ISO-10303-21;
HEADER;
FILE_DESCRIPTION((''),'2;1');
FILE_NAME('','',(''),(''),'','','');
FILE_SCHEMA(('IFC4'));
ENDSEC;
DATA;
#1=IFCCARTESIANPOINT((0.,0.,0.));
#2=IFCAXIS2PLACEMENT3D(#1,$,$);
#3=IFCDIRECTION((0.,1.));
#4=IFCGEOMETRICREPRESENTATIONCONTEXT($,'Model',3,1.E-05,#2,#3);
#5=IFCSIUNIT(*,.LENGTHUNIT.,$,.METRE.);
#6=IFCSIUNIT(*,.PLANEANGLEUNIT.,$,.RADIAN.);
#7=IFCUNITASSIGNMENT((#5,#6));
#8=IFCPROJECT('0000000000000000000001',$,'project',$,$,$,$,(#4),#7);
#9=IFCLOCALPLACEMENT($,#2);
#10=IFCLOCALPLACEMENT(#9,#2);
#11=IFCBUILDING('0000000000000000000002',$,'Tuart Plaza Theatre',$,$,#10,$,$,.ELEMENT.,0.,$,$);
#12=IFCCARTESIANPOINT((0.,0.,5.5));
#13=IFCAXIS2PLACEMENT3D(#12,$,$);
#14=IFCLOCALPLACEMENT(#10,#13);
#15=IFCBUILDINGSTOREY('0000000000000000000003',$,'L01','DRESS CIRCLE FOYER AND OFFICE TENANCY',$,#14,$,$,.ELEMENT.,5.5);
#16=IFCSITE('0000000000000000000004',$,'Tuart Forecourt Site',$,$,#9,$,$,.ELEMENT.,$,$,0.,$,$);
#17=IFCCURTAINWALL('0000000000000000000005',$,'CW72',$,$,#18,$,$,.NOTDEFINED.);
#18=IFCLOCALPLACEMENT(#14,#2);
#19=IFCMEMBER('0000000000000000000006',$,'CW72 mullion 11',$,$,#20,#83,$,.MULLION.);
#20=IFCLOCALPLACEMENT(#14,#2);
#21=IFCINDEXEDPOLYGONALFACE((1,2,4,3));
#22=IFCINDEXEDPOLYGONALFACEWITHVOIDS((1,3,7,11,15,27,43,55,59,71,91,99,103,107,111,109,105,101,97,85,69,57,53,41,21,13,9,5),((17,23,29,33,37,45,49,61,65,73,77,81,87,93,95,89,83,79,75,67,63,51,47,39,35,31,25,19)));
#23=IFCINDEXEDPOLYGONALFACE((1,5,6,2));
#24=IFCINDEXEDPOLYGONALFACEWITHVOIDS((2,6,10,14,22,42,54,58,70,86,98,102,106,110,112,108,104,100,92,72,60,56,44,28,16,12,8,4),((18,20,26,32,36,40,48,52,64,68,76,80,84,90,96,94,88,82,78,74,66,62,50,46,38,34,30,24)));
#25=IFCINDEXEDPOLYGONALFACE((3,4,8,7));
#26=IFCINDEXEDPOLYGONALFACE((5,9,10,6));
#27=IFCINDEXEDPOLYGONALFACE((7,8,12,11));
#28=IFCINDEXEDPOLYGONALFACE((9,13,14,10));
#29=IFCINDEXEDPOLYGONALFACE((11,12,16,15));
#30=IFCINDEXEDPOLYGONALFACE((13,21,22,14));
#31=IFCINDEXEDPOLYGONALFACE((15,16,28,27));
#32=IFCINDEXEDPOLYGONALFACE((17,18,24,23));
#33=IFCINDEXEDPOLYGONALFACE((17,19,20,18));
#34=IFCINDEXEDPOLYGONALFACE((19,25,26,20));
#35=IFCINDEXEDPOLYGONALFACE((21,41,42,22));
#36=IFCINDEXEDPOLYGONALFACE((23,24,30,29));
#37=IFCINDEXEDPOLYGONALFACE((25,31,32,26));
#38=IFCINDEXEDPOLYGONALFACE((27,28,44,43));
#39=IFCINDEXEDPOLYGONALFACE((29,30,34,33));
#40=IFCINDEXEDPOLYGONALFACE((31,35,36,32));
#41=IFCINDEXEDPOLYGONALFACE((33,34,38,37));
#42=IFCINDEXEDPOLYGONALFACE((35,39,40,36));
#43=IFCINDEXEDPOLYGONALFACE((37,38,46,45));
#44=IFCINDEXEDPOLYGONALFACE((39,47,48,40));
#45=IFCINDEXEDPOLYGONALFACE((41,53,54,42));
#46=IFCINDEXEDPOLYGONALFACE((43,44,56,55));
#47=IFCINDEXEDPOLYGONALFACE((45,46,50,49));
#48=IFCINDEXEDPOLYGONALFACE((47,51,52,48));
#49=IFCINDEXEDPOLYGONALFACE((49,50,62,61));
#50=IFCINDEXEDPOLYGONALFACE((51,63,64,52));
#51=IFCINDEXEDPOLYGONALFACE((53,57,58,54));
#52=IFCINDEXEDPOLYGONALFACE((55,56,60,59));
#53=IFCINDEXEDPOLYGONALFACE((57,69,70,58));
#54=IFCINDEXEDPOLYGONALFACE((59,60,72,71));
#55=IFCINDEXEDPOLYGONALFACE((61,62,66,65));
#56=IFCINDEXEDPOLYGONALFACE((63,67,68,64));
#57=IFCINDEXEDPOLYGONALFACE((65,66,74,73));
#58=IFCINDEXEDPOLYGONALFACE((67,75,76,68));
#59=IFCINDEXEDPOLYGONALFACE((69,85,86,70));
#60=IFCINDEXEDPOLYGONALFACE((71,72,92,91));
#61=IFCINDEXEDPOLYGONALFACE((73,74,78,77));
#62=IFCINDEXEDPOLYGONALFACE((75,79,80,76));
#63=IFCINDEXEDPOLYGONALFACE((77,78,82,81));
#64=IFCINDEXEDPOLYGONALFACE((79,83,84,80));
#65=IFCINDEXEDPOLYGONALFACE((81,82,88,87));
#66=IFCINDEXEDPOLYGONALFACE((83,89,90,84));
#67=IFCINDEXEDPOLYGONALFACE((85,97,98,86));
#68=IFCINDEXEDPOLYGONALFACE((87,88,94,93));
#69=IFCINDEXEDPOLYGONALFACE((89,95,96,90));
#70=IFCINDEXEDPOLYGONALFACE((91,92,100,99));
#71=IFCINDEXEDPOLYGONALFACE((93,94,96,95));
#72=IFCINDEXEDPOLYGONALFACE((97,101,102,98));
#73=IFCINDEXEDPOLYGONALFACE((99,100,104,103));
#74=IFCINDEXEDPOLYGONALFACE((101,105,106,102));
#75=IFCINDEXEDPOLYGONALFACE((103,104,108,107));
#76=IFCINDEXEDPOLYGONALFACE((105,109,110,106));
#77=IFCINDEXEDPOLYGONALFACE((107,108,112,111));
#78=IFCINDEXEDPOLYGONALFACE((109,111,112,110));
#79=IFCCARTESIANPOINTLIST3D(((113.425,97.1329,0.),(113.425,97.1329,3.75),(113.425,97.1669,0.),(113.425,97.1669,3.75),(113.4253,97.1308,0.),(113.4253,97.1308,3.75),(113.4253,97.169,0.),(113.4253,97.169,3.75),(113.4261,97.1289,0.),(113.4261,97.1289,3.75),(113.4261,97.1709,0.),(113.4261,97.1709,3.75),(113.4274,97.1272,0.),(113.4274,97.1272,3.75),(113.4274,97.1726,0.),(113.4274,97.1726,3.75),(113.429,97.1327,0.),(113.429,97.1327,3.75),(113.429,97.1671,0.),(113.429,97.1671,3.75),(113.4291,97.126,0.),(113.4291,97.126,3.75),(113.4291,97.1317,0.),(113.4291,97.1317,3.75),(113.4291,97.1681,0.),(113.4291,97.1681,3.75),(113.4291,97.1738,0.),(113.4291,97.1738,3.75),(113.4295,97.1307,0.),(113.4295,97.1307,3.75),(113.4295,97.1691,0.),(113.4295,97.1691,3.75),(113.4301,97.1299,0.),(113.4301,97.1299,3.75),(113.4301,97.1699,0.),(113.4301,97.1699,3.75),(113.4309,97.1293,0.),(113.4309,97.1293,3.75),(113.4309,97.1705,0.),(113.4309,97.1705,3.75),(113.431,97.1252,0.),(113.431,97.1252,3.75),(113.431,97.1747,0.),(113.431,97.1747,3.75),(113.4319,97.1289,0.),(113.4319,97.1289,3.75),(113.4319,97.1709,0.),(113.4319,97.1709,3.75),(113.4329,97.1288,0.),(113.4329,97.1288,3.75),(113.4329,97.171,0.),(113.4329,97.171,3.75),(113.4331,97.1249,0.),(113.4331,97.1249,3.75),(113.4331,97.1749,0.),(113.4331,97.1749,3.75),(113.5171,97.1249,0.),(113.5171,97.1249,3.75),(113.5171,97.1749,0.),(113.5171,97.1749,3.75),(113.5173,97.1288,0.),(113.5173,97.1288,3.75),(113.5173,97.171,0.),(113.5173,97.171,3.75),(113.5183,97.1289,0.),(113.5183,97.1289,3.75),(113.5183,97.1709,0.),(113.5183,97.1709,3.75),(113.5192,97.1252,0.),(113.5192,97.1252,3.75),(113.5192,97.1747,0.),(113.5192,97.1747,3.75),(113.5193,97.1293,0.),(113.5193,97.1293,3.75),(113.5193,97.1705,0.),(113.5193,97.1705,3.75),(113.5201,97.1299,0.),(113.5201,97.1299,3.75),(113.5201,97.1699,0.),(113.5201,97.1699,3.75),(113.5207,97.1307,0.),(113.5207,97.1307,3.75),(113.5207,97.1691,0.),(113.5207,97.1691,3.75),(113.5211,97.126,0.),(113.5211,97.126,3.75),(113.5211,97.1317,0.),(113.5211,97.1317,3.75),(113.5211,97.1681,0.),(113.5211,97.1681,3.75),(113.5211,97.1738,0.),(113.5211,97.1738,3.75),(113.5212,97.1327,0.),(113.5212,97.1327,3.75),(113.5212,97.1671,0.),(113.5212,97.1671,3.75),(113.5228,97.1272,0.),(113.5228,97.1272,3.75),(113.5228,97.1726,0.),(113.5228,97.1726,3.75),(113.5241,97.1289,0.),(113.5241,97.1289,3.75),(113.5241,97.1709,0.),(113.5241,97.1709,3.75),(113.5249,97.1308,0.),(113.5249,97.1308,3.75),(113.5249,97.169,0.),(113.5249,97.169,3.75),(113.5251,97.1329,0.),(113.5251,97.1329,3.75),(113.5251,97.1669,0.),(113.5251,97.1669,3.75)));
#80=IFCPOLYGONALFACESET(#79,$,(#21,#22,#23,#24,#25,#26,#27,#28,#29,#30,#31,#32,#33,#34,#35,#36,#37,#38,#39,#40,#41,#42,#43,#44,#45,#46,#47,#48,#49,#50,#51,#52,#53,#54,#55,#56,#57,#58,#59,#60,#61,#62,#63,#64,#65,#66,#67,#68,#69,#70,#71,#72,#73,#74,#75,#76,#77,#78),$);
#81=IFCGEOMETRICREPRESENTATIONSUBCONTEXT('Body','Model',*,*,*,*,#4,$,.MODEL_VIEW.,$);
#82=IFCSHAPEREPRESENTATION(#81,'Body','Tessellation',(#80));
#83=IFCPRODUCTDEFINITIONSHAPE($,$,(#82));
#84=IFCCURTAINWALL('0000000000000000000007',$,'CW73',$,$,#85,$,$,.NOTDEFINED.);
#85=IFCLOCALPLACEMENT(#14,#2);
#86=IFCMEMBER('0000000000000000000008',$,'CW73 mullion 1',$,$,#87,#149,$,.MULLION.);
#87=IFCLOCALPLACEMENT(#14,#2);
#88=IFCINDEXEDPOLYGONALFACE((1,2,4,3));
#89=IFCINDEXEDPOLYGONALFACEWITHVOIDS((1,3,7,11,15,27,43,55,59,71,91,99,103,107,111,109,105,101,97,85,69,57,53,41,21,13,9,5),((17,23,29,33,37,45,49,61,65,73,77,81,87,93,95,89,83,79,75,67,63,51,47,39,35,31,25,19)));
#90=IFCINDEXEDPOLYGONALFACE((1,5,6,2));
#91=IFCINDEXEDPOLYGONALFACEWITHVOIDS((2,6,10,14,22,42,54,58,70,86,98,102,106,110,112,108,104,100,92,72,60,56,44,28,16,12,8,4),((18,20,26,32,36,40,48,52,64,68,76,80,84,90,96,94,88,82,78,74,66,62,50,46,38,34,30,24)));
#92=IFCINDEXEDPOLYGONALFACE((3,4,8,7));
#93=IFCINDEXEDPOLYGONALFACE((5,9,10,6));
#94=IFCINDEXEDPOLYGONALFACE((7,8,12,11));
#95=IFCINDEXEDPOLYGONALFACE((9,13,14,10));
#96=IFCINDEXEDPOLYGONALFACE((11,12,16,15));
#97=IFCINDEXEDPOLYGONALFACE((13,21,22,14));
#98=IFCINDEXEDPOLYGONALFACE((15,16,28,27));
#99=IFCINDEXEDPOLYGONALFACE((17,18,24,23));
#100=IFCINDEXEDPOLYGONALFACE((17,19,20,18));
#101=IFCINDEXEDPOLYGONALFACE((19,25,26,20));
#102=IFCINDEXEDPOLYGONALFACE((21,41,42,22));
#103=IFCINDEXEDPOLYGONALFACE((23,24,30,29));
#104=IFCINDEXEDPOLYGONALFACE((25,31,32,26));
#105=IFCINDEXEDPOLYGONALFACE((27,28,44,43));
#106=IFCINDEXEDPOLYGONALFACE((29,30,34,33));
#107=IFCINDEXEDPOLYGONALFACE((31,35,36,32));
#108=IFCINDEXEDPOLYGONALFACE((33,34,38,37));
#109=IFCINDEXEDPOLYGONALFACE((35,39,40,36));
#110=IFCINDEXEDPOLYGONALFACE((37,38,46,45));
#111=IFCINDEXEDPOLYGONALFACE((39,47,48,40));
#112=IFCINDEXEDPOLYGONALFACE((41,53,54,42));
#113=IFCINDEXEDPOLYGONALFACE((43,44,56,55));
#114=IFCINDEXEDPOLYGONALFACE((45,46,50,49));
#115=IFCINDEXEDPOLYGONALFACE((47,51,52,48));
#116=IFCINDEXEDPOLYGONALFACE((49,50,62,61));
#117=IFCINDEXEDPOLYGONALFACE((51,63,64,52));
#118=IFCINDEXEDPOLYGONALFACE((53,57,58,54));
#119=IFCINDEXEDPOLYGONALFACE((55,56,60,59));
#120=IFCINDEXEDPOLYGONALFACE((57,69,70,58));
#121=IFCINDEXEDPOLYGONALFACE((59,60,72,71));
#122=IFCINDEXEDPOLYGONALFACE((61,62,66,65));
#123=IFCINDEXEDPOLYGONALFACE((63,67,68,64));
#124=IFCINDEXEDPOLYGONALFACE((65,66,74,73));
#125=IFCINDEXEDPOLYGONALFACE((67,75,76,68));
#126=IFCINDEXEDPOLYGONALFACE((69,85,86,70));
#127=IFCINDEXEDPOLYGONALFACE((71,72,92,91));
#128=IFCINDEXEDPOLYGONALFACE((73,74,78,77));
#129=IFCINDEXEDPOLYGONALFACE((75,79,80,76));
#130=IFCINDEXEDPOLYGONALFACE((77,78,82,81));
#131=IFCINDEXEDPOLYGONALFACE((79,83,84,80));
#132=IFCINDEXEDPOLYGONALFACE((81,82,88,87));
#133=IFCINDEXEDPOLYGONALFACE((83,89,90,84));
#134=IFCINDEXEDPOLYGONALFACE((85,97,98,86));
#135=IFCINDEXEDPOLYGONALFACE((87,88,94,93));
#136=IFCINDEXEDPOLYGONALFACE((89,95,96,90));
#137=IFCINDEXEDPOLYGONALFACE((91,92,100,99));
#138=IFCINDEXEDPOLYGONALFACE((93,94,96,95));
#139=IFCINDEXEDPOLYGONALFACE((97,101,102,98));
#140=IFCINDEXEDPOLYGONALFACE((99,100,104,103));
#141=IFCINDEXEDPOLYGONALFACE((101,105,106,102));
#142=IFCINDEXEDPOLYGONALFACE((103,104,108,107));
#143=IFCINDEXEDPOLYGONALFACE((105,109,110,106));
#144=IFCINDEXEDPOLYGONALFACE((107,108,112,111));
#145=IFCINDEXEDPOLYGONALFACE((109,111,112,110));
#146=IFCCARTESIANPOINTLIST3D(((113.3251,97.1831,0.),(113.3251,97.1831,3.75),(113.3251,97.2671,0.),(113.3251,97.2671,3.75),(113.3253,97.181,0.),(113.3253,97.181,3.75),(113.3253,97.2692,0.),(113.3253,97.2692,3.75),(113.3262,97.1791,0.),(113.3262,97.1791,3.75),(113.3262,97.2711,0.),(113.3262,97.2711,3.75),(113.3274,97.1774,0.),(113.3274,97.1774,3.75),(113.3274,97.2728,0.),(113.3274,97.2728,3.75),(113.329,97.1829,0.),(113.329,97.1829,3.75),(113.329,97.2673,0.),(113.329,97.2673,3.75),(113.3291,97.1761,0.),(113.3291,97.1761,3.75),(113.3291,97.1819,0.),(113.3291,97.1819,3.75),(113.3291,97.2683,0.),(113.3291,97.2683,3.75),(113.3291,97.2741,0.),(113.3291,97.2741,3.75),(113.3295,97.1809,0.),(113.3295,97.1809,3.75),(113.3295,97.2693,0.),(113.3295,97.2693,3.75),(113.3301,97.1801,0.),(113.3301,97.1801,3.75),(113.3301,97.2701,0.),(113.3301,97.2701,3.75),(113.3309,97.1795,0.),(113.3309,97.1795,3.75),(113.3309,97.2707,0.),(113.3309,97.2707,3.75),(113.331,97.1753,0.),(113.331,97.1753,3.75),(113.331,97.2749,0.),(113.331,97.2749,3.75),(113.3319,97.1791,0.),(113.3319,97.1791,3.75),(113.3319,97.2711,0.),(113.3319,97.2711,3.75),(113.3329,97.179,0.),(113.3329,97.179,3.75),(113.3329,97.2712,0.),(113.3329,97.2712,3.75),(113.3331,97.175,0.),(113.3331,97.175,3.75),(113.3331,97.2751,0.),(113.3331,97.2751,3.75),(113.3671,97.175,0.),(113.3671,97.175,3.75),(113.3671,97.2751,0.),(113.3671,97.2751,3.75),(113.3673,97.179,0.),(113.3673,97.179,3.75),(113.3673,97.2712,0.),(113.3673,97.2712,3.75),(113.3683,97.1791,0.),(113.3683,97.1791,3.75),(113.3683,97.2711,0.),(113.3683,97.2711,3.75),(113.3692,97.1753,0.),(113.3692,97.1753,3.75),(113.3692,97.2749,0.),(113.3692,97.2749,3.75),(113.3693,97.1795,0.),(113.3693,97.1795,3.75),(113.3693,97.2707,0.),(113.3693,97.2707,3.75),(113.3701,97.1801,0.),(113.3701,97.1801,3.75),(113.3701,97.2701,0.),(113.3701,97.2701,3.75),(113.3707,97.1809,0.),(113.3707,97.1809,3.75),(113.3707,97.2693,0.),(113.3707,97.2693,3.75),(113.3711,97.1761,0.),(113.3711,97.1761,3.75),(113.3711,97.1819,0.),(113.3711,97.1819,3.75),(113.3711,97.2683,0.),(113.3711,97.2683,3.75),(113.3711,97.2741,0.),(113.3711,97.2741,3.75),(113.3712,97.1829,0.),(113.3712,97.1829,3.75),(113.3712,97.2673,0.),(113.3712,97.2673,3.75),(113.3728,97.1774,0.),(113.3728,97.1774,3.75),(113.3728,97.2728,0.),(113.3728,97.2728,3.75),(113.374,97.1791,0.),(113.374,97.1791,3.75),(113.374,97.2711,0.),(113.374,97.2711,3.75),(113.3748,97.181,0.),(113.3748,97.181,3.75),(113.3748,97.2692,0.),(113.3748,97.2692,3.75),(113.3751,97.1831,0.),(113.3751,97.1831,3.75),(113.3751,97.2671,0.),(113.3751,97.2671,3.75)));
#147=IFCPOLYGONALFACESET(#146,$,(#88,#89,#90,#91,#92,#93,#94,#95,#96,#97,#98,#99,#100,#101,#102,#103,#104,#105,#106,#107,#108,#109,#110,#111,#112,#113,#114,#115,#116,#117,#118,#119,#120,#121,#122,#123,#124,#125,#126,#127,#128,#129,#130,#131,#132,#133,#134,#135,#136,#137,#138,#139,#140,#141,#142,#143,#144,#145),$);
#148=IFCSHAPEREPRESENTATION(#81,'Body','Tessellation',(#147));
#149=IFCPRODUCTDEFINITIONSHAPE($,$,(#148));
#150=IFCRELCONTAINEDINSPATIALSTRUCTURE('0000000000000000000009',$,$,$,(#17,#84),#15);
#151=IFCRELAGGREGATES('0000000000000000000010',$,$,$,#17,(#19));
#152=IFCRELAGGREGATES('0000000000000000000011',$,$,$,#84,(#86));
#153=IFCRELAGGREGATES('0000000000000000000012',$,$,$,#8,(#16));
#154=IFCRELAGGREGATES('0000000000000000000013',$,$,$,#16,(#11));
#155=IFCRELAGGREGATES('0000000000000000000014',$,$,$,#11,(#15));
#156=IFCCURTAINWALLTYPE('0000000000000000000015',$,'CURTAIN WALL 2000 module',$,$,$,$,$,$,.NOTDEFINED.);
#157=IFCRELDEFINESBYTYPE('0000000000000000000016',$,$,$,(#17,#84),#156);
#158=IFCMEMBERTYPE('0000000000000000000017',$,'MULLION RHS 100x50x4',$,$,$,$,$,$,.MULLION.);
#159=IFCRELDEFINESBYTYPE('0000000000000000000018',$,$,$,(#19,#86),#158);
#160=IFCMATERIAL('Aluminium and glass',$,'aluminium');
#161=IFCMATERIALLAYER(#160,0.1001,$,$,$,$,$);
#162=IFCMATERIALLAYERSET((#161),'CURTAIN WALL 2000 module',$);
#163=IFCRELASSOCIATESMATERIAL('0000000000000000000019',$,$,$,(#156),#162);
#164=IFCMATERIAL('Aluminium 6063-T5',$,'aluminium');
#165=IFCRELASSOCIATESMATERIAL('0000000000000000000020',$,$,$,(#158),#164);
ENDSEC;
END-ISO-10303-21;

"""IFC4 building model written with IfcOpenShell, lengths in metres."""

from ifc_helpers import new_model, si_unit, direction, frame, origin, origin_2d, place, context, subcontext, project, spatial, hollow_rectangle, extrude, material, layer, layer_set, material_profile, profile_set, type_object, element, aggregate, save


model = new_model("IFC4")

# Units and contexts
model_context = context("Model", 3, precision=1e-05, world=origin(), true_north=direction((0.0, 1.0)))
body_context = subcontext(model_context, "Body", "Model", "MODEL_VIEW")
ifc_project = project(units=[si_unit("LENGTHUNIT", "METRE"), si_unit("PLANEANGLEUNIT", "RADIAN")], contexts=[model_context])

# Site, building, storey
site_placement = place(None, origin())
site = spatial("IfcSite", under=ifc_project, at=site_placement, Name="Tuart Forecourt Site", CompositionType="ELEMENT", RefElevation=0.0)
building_placement = place(site_placement, origin())
building = spatial("IfcBuilding", under=site, at=building_placement, Name="Tuart Plaza Theatre", CompositionType="ELEMENT", ElevationOfRefHeight=0.0)
storey_placement = place(building_placement, frame((0.0, 0.0, 5.5)))
storey = spatial("IfcBuildingStorey", under=building, at=storey_placement, Name="L01", Description="DRESS CIRCLE FOYER AND OFFICE TENANCY", CompositionType="ELEMENT", Elevation=5.5)

# Curtain wall, member
ifc_material_1 = material(Name="Aluminium and glass", Category="aluminium")
ifc_layer_1 = layer(ifc_material_1, 0.1001)
ifc_layer_set_1 = layer_set([ifc_layer_1], Name="CURTAIN WALL 2000 module")
curtain_wall_type = type_object("IfcCurtainWallType", Name="CURTAIN WALL 2000 module", PredefinedType="NOTDEFINED", material=ifc_layer_set_1)
curtain_wall_1_placement = place(storey_placement, origin())
curtain_wall_1 = element("IfcCurtainWall", 1, at=curtain_wall_1_placement, inside=storey, type_object=curtain_wall_type, Name="CW72", PredefinedType="NOTDEFINED")
ifc_material_2 = material(Name="Aluminium 6063-T5", Category="aluminium")
ifc_material_profile_1 = material_profile(ifc_material_2, hollow_rectangle(XDim=0.05, YDim=0.1001, WallThickness=0.0039, InnerFilletRadius=0.0039, OuterFilletRadius=0.0081, at=origin_2d()), Name="RHS 100x50x4")
ifc_profile_set_1 = profile_set([ifc_material_profile_1], Name="Aluminium 6063-T5")
member_type_1 = type_object("IfcMemberType", Name="MULLION RHS 100x50x4", PredefinedType="MULLION", material=ifc_profile_set_1)
member_1_placement = place(storey_placement, frame((113.4751, 97.1499, 0.0), z_axis=(0.0, 0.0, 1.0), x_axis=(0.0, -1.0, 0.0)))
member_1 = element("IfcMember", 2, at=member_1_placement, type_object=member_type_1, Name="CW72 mullion 11", PredefinedType="MULLION", context=body_context, shape_type="SweptSolid", body=[
    extrude(hollow_rectangle(XDim=0.05, YDim=0.1001, WallThickness=0.0039, InnerFilletRadius=0.0039, OuterFilletRadius=0.0081, at=origin_2d()), origin(), (0.0, 0.0, 1.0), 3.75),
])

# Curtain wall, member
curtain_wall_2_placement = place(storey_placement, origin())
curtain_wall_2 = element("IfcCurtainWall", 3, at=curtain_wall_2_placement, inside=storey, type_object=curtain_wall_type, Name="CW73", PredefinedType="NOTDEFINED")
member_2_placement = place(storey_placement, frame((113.3501, 97.2251, 0.0), z_axis=(0.0, 0.0, 1.0), x_axis=(1.0, 0.0, 0.0)))
member_2 = element("IfcMember", 4, at=member_2_placement, type_object=member_type_1, Name="CW73 mullion 1", PredefinedType="MULLION", context=body_context, shape_type="SweptSolid", body=[
    extrude(hollow_rectangle(XDim=0.05, YDim=0.1001, WallThickness=0.0039, InnerFilletRadius=0.0039, OuterFilletRadius=0.0081, at=origin_2d()), origin(), (0.0, 0.0, 1.0), 3.75),
])

aggregate(curtain_wall_1, [member_1])
aggregate(curtain_wall_2, [member_2])

save(model, "model.ifc")
